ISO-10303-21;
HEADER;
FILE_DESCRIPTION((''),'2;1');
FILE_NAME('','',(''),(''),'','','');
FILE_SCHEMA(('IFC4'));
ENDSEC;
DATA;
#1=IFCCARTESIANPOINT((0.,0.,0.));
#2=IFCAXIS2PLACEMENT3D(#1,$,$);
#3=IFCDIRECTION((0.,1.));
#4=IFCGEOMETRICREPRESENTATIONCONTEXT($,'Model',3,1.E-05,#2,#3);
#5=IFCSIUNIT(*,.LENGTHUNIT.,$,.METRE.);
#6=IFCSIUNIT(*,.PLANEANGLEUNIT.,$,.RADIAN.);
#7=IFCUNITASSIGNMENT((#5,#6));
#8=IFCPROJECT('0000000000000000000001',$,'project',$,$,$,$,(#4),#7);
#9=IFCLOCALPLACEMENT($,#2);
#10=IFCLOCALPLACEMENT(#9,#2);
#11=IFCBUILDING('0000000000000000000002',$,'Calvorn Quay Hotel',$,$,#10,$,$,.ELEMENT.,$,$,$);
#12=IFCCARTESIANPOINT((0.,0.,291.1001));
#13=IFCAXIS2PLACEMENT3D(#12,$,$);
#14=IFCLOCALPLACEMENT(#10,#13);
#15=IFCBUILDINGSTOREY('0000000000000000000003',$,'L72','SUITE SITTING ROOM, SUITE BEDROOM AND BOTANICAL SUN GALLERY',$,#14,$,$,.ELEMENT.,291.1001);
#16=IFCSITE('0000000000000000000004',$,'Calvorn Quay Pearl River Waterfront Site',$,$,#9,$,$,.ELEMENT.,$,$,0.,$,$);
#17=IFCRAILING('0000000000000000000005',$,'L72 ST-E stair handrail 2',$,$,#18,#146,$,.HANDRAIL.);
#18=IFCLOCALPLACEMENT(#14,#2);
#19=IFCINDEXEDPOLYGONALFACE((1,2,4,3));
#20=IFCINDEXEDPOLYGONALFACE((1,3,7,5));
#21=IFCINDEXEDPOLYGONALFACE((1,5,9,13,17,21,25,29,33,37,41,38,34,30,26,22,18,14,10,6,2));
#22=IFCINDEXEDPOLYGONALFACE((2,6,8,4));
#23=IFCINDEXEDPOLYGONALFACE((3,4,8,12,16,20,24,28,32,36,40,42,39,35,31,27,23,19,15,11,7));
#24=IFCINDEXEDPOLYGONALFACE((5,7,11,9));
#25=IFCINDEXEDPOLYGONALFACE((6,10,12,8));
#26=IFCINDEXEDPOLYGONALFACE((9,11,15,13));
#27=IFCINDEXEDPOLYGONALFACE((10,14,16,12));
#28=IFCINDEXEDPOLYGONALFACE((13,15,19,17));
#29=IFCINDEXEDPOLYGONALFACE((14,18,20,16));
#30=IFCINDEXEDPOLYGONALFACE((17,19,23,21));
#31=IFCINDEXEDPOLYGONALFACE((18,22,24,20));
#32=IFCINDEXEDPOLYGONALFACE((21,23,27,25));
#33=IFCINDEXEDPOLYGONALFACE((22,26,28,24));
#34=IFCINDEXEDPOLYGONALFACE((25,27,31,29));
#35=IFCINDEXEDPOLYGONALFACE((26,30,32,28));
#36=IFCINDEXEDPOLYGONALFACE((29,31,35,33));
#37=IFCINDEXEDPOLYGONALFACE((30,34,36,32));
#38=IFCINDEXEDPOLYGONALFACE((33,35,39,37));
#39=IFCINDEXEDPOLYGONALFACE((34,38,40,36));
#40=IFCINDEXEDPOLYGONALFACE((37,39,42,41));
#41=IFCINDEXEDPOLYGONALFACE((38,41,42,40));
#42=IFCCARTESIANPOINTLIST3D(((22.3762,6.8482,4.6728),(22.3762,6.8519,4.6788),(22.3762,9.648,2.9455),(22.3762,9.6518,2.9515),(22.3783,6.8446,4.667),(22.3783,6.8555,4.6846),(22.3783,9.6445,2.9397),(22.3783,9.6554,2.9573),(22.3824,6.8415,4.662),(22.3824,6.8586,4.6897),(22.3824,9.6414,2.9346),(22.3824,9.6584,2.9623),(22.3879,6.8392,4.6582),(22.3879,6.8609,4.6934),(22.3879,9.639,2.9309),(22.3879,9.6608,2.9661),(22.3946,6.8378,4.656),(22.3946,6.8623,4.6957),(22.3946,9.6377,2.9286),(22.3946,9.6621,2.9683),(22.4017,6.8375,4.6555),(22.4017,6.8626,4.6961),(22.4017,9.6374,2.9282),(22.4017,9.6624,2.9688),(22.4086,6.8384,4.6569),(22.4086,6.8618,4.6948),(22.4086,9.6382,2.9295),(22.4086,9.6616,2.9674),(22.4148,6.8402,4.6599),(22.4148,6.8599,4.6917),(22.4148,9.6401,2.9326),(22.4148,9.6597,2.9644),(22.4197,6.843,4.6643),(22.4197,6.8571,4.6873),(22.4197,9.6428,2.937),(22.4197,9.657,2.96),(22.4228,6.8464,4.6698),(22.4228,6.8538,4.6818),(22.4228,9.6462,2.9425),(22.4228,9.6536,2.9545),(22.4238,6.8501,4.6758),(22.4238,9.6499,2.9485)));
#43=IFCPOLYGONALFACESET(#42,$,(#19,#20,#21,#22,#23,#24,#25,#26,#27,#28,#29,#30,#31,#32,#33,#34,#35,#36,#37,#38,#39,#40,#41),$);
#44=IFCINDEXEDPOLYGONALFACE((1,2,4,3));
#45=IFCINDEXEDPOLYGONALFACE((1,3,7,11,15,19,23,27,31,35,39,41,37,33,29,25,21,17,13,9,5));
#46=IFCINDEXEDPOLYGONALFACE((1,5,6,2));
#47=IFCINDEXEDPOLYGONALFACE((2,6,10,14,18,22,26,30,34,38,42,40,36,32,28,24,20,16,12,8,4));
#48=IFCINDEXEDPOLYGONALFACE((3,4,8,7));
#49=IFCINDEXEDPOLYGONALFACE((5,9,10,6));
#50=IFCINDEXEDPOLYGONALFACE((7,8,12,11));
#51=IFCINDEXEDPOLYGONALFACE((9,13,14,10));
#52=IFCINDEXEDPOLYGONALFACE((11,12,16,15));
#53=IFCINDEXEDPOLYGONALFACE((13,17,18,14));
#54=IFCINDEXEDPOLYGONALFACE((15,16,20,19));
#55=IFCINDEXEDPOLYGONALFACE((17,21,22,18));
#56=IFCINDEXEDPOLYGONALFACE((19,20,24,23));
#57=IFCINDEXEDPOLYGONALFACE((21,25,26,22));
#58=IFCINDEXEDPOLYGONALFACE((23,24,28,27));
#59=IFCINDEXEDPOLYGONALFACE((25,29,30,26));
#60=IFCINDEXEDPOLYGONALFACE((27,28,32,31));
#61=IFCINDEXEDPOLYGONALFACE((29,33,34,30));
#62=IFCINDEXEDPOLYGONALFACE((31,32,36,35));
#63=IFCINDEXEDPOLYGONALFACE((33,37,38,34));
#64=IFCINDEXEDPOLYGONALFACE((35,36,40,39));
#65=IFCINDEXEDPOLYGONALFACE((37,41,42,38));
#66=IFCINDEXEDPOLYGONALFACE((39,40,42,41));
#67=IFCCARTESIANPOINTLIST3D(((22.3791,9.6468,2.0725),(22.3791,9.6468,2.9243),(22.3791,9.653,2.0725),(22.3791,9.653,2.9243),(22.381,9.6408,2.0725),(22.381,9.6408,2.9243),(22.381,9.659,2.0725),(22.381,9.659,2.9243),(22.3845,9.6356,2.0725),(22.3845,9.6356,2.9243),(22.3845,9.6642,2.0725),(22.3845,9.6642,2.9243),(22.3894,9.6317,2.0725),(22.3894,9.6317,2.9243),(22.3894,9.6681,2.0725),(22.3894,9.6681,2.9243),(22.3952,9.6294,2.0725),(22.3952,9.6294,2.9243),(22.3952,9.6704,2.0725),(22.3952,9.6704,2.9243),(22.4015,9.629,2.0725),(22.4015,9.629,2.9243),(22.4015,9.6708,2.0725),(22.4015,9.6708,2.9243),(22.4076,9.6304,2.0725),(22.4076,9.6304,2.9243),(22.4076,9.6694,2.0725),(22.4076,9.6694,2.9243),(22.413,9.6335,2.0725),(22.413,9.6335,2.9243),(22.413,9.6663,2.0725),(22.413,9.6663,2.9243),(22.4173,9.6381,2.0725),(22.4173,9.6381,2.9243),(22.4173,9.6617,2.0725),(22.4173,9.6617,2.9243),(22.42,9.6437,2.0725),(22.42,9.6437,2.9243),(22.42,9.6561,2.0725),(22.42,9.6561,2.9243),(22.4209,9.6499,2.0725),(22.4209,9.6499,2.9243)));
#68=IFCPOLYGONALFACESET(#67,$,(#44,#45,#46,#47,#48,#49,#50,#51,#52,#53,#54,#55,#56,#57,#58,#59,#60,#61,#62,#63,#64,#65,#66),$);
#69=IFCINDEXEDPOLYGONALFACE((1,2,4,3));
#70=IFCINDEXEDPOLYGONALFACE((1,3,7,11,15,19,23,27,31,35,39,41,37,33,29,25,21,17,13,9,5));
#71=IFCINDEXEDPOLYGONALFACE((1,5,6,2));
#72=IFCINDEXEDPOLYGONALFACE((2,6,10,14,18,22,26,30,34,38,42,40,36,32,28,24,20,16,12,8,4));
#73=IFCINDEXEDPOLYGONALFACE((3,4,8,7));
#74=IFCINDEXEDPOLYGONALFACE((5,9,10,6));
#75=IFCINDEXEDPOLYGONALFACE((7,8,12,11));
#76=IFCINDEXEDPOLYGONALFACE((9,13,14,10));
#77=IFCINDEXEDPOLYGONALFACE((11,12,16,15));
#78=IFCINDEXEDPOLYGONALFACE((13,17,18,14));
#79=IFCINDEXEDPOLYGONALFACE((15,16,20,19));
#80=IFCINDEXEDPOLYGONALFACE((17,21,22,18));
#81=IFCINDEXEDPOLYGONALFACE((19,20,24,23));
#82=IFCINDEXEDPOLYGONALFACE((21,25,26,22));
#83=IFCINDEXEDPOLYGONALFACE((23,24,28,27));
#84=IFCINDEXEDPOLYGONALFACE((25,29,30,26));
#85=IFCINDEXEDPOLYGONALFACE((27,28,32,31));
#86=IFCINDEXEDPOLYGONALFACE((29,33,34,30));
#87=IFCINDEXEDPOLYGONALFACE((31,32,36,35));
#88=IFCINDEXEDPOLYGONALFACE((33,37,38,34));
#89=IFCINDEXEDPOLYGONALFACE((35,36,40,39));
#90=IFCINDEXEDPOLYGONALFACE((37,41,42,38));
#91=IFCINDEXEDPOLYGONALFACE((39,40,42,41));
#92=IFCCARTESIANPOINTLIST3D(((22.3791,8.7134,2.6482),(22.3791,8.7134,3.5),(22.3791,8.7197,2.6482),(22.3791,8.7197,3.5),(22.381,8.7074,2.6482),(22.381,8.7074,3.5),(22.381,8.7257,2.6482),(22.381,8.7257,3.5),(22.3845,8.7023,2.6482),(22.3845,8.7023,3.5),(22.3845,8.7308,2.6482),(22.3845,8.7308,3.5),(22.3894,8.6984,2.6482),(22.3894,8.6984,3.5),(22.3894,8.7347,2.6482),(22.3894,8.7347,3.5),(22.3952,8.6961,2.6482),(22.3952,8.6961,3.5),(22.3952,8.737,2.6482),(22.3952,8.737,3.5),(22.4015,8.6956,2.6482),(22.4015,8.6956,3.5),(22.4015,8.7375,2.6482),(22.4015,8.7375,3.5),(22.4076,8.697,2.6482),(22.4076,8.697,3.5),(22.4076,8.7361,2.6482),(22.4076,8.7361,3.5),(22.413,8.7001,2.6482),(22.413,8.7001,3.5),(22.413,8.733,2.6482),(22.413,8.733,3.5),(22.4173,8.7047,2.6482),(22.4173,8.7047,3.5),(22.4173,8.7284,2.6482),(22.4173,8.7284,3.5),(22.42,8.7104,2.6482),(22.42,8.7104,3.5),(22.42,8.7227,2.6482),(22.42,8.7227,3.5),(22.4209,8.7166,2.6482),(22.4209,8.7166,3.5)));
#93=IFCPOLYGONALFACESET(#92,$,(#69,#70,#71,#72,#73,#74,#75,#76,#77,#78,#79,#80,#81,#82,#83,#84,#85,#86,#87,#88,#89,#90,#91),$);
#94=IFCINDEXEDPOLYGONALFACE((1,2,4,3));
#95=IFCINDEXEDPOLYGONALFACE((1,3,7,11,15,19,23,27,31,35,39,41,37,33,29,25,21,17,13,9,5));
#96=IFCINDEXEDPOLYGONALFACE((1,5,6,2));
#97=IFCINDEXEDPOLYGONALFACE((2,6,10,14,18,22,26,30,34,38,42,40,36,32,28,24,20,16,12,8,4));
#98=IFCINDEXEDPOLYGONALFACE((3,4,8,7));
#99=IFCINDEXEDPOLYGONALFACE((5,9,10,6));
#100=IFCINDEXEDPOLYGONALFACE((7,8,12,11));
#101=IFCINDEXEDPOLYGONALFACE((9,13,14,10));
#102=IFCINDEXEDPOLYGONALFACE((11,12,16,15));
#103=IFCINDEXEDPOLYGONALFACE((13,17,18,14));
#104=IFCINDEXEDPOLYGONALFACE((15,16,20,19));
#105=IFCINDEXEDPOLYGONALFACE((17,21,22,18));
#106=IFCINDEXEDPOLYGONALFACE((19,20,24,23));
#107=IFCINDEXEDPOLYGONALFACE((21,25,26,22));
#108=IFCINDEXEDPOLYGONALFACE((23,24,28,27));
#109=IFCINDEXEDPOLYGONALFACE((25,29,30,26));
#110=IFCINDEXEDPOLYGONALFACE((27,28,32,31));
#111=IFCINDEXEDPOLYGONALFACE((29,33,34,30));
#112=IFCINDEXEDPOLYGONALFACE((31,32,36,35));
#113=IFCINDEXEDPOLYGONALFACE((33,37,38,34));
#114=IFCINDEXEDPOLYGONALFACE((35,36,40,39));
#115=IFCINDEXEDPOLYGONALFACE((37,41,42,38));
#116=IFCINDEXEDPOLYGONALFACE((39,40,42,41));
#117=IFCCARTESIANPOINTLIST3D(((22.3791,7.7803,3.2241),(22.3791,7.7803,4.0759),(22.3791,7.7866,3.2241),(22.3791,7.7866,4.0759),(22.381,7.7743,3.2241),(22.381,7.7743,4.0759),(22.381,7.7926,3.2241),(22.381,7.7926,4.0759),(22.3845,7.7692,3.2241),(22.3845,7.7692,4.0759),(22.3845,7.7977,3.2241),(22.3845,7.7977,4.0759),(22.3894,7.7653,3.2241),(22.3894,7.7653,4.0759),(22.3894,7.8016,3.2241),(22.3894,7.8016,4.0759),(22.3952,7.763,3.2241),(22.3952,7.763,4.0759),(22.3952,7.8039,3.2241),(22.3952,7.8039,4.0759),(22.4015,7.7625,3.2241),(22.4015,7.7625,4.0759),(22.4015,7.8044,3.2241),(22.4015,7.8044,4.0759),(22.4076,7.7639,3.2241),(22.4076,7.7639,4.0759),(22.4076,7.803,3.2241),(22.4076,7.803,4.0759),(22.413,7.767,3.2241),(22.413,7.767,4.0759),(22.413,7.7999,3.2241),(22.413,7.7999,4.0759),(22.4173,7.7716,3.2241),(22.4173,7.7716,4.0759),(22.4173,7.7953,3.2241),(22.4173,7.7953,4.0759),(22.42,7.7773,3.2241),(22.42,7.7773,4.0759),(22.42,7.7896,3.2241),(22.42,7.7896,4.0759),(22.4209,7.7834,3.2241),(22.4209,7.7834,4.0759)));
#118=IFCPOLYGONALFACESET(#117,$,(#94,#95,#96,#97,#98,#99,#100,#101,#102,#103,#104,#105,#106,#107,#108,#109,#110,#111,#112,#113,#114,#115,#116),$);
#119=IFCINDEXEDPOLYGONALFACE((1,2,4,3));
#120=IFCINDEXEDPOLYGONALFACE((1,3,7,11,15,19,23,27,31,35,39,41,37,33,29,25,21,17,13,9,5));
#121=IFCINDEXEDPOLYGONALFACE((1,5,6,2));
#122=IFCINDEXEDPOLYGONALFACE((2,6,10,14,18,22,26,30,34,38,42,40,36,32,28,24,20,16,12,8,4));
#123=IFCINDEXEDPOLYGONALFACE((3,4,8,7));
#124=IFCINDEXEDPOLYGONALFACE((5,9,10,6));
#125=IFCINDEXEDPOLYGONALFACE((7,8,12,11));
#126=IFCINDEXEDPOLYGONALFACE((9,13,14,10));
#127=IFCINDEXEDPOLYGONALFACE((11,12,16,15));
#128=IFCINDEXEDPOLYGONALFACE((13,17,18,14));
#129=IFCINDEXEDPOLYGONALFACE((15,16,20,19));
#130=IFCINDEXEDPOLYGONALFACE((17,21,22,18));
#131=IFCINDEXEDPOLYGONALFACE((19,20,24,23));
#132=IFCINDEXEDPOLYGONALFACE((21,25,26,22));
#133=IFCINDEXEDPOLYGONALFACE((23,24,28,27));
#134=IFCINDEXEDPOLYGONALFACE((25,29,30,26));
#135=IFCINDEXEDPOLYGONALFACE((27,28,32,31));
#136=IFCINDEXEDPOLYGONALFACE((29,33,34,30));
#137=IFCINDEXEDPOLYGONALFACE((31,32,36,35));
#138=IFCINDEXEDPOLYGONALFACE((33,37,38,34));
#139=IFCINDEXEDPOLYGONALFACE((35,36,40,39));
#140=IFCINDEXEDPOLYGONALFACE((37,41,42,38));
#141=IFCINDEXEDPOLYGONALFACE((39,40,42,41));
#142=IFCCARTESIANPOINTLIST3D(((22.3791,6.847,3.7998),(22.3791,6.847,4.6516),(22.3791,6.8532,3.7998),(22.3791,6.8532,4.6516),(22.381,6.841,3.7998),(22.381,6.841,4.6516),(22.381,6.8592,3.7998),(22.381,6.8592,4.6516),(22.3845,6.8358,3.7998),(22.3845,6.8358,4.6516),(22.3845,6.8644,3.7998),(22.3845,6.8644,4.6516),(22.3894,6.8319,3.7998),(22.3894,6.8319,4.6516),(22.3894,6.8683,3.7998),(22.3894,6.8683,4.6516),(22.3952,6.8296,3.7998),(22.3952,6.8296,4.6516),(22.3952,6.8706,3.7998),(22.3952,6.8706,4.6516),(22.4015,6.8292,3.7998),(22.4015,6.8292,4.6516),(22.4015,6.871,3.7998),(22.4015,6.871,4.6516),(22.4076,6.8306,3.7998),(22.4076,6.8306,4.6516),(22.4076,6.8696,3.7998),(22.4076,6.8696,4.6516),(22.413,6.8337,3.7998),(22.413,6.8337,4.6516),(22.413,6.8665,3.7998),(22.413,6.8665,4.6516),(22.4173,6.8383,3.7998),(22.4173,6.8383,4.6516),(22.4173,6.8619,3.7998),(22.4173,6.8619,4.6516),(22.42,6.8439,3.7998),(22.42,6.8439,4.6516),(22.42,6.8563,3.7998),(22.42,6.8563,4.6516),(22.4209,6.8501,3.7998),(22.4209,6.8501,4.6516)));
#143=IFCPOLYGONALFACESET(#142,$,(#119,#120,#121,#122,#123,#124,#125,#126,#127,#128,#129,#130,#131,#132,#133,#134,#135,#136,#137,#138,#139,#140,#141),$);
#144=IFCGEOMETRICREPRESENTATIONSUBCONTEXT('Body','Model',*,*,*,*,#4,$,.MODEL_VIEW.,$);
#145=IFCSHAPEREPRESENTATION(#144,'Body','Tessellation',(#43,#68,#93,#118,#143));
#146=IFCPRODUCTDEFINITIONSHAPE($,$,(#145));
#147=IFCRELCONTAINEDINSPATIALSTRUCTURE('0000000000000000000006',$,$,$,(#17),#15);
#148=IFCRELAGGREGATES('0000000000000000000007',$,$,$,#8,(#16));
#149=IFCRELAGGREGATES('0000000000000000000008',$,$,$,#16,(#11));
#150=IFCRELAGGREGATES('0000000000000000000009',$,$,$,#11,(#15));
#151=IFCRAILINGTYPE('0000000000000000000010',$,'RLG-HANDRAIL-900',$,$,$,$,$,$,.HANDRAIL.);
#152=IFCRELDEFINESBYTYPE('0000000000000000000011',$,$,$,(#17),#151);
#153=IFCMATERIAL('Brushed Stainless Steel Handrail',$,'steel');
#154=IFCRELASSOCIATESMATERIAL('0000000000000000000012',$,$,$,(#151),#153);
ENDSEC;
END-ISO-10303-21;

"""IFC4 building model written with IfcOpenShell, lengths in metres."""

from ifc_helpers import new_model, si_unit, direction, frame, origin, origin_2d, place, context, subcontext, project, spatial, circle, extrude, material, type_object, element, save


model = new_model("IFC4")

# Units and contexts
model_context = context("Model", 3, precision=1e-05, world=origin(), true_north=direction((0.0, 1.0)))
body_context = subcontext(model_context, "Body", "Model", "MODEL_VIEW")
ifc_project = project(units=[si_unit("LENGTHUNIT", "METRE"), si_unit("PLANEANGLEUNIT", "RADIAN")], contexts=[model_context])

# Site, building, storey
site_placement = place(None, origin())
site = spatial("IfcSite", under=ifc_project, at=site_placement, Name="Calvorn Quay Pearl River Waterfront Site", CompositionType="ELEMENT", RefElevation=0.0)
building_placement = place(site_placement, origin())
building = spatial("IfcBuilding", under=site, at=building_placement, Name="Calvorn Quay Hotel", CompositionType="ELEMENT")
storey_placement = place(building_placement, frame((0.0, 0.0, 291.1001)))
storey = spatial("IfcBuildingStorey", under=building, at=storey_placement, Name="L72", Description="SUITE SITTING ROOM, SUITE BEDROOM AND BOTANICAL SUN GALLERY", CompositionType="ELEMENT", Elevation=291.1001)

# Railing
ifc_material_1 = material(Name="Brushed Stainless Steel Handrail", Category="steel")
railing_type_1 = type_object("IfcRailingType", Name="RLG-HANDRAIL-900", PredefinedType="HANDRAIL", material=ifc_material_1)
railing_1_placement = place(storey_placement, frame((22.3999, 9.6499, 2.0725)))
element("IfcRailing", 1, at=railing_1_placement, inside=storey, type_object=railing_type_1, Name="L72 ST-E stair handrail 2", PredefinedType="HANDRAIL", context=body_context, shape_type="SweptSolid", body=[
    extrude(circle(Radius=0.0239, at=origin_2d()), frame((0.0, 0.0, 0.876), z_axis=(0.0, -0.851069, 0.525054), x_axis=(1.0, 0.0, 0.0)), (0.0, 0.0, 1.0), 3.2898),
    extrude(circle(Radius=0.021, at=origin_2d()), origin(), (0.0, 0.0, 1.0), 0.8518),
    extrude(circle(Radius=0.021, at=origin_2d()), frame((0.0, -0.9333, 0.5757)), (0.0, 0.0, 1.0), 0.8518),
    extrude(circle(Radius=0.021, at=origin_2d()), frame((0.0, -1.8665, 1.1516)), (0.0, 0.0, 1.0), 0.8518),
    extrude(circle(Radius=0.021, at=origin_2d()), frame((0.0, -2.7998, 1.7273)), (0.0, 0.0, 1.0), 0.8518),
])

save(model, "model.ifc")
